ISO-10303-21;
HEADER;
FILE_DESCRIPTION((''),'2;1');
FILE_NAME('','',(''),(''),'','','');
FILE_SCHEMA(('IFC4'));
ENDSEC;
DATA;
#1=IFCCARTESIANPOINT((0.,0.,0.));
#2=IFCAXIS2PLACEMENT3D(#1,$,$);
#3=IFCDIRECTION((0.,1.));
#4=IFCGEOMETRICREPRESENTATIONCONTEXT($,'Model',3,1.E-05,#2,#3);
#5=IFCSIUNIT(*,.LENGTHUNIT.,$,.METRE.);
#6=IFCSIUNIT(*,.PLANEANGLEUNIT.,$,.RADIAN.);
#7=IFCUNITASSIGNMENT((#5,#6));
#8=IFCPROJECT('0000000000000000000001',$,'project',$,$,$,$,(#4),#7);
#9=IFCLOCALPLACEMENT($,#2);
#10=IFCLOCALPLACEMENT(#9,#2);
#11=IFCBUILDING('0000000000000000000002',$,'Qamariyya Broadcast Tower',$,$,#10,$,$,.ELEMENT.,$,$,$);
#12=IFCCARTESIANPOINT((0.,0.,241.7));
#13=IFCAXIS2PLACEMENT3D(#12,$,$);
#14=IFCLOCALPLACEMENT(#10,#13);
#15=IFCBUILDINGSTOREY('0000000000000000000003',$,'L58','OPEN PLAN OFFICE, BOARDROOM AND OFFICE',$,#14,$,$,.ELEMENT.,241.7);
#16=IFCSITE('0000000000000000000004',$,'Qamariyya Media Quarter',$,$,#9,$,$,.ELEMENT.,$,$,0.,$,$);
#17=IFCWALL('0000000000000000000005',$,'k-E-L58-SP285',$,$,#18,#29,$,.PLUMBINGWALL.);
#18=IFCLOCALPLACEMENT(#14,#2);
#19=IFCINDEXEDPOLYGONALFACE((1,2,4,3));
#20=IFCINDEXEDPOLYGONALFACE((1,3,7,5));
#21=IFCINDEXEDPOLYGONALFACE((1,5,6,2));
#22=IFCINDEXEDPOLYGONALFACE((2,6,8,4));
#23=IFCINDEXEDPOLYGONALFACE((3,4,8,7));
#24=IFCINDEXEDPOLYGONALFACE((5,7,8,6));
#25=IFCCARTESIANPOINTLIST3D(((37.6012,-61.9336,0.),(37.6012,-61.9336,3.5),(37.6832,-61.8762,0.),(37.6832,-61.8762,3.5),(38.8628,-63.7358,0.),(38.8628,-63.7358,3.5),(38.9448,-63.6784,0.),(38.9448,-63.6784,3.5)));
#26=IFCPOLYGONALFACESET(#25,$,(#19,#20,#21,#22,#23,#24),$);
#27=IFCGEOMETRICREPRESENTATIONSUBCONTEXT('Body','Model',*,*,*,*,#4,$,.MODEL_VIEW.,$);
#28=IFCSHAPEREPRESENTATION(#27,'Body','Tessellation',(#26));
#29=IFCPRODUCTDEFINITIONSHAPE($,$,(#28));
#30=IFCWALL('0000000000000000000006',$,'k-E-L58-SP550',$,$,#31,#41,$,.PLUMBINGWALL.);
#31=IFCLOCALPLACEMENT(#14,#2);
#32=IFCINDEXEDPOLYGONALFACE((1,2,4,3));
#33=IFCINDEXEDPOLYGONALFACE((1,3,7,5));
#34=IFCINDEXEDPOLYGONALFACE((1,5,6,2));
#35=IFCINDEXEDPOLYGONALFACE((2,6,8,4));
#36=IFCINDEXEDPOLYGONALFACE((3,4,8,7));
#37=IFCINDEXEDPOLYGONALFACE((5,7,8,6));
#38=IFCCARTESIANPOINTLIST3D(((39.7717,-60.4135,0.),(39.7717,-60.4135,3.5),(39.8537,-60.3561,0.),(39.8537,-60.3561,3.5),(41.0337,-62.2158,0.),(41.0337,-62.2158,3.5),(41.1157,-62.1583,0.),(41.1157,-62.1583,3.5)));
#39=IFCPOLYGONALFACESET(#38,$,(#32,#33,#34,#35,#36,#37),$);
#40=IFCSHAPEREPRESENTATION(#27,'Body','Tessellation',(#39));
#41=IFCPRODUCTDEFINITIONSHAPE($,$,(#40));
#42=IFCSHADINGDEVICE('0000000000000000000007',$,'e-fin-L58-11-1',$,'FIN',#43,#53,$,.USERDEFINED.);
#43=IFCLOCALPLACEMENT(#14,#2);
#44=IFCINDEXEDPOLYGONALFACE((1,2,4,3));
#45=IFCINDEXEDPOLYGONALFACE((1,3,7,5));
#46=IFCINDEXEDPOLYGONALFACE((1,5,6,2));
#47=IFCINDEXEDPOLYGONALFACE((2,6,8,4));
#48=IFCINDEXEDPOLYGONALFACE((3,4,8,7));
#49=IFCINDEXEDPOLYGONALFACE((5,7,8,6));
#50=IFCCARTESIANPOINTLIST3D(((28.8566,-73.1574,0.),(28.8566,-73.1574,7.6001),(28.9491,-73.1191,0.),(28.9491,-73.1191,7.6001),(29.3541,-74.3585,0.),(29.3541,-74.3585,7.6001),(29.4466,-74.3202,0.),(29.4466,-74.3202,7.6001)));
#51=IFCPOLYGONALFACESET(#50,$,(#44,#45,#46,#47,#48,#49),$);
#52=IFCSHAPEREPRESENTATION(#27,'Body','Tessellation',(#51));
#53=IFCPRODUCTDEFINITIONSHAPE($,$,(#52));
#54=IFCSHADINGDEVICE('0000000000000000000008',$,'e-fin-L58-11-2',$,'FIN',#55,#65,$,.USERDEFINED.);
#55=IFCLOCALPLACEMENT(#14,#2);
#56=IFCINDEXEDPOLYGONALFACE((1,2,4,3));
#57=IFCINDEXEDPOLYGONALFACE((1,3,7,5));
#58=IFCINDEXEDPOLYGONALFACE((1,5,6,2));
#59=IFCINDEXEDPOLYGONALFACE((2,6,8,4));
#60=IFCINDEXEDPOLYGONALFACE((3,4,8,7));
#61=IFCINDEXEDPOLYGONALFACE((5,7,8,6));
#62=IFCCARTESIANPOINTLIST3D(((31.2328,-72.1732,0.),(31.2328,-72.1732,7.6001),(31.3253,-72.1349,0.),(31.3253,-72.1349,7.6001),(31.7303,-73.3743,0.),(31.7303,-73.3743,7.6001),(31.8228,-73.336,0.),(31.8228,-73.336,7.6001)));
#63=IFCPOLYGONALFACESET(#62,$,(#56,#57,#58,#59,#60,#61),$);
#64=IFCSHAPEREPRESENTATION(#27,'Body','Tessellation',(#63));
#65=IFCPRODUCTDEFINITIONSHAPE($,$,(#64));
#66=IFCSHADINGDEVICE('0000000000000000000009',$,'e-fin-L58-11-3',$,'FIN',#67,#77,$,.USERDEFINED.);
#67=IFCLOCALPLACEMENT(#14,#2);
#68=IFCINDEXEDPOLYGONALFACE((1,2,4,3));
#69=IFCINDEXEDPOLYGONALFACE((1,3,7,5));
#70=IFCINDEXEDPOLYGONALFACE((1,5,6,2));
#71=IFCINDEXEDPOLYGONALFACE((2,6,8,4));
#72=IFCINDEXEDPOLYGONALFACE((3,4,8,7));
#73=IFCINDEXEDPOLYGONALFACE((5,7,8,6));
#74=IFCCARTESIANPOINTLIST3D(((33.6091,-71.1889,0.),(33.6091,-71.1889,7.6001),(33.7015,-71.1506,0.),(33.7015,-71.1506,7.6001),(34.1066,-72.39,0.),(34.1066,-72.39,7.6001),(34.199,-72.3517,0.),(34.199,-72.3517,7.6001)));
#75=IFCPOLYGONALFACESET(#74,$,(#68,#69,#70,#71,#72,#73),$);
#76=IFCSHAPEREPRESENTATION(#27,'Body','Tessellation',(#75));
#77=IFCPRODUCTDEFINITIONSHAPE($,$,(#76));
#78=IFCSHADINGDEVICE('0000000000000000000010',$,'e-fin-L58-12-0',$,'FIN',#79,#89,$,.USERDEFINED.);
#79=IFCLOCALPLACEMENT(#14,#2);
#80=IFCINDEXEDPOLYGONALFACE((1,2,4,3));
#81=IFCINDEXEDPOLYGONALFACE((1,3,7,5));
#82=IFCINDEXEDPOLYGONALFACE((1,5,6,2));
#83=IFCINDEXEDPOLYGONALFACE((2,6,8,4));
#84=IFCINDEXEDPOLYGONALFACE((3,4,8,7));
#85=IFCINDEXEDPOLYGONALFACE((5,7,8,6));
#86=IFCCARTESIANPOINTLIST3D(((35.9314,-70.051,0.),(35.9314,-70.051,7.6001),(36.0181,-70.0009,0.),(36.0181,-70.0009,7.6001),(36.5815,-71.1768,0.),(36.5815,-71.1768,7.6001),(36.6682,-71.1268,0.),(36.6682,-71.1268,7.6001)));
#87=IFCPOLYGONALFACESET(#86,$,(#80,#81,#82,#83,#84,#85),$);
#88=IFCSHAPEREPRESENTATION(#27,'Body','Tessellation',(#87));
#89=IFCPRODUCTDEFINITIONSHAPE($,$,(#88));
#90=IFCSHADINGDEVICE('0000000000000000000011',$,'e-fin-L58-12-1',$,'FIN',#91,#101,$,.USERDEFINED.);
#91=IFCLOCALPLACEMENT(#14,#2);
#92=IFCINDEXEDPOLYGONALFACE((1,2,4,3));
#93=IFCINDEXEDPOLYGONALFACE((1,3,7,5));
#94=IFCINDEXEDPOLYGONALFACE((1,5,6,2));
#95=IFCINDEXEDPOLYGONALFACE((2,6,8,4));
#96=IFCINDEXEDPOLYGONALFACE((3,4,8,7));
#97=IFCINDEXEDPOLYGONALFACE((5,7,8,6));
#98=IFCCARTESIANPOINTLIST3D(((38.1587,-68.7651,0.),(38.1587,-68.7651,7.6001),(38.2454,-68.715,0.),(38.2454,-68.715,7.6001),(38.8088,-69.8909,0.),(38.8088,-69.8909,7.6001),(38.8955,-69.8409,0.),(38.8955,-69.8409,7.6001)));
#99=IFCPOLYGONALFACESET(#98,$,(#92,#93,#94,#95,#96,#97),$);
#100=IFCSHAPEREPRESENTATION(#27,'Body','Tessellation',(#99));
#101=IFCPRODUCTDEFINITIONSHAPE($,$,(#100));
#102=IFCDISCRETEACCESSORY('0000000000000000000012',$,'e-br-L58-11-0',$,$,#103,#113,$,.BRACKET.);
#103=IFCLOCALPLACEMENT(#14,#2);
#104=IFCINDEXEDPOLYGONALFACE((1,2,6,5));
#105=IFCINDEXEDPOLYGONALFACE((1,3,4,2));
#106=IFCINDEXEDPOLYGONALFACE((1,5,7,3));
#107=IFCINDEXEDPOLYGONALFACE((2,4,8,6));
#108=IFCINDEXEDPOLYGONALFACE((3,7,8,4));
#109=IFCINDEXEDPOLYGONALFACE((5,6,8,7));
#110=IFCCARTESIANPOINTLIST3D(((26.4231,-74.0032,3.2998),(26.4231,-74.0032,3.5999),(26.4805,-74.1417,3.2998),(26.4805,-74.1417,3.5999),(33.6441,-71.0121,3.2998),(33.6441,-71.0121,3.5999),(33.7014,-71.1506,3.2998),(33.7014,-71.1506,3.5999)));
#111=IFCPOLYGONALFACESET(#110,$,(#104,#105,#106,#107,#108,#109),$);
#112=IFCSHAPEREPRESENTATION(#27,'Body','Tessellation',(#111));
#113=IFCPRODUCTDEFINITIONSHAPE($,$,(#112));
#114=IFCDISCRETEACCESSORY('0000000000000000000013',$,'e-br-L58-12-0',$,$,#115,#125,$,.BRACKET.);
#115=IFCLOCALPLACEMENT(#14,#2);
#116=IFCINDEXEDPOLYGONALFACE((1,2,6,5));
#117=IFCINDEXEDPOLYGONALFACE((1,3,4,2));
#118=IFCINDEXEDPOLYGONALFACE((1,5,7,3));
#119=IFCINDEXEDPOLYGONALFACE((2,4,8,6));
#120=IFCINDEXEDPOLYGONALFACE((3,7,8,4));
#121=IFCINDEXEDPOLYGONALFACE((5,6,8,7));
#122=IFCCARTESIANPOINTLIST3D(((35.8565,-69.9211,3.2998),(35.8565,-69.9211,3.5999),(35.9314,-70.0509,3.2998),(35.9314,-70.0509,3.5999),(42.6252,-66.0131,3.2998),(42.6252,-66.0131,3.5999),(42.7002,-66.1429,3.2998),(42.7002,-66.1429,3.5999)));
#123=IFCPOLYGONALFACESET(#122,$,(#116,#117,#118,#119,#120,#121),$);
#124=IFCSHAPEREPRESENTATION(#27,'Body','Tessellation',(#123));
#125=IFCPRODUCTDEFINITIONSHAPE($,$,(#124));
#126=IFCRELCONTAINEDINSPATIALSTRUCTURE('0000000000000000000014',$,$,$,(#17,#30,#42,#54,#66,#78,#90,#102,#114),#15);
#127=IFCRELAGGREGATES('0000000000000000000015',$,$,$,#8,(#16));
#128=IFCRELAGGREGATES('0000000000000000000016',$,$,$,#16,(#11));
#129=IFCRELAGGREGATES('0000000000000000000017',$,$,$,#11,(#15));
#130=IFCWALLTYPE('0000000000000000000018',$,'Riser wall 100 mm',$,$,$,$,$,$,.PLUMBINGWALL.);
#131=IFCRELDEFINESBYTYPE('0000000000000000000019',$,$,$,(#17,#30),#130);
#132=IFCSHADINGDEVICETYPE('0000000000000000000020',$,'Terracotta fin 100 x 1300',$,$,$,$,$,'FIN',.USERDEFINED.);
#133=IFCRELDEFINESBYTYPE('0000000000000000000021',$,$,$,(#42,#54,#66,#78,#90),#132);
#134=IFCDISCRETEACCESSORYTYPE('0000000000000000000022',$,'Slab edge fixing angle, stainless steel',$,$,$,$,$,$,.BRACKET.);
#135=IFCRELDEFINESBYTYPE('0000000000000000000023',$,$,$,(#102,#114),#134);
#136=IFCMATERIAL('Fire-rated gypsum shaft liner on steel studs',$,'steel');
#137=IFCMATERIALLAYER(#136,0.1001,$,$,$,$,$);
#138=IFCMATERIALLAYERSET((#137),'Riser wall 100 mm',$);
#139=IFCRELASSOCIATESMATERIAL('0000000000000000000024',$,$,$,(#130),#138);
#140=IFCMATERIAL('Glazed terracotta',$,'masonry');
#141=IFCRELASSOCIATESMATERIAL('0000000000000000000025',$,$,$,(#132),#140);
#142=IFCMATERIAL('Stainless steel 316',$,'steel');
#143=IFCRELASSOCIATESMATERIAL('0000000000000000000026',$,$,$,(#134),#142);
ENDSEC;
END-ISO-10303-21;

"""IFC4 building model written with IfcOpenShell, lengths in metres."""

from ifc_helpers import new_model, si_unit, direction, frame, frame_2d, origin, origin_2d, place, context, subcontext, project, spatial, rectangle, extrude, material, layer, layer_set, material_profile, profile_set, type_object, element, save


model = new_model("IFC4")

# Units and contexts
model_context = context("Model", 3, precision=1e-05, world=origin(), true_north=direction((0.0, 1.0)))
body_context = subcontext(model_context, "Body", "Model", "MODEL_VIEW")
ifc_project = project(units=[si_unit("LENGTHUNIT", "METRE"), si_unit("PLANEANGLEUNIT", "RADIAN")], contexts=[model_context])

# Site, building, storey
site_placement = place(None, origin())
site = spatial("IfcSite", under=ifc_project, at=site_placement, Name="Qamariyya Media Quarter", CompositionType="ELEMENT", RefElevation=0.0)
building_placement = place(site_placement, origin())
building = spatial("IfcBuilding", under=site, at=building_placement, Name="Qamariyya Broadcast Tower", CompositionType="ELEMENT")
storey_placement = place(building_placement, frame((0.0, 0.0, 241.7)))
storey = spatial("IfcBuildingStorey", under=building, at=storey_placement, Name="L58", Description="OPEN PLAN OFFICE, BOARDROOM AND OFFICE", CompositionType="ELEMENT", Elevation=241.7)

# Walls
ifc_material_1 = material(Name="Fire-rated gypsum shaft liner on steel studs", Category="steel")
ifc_layer_1 = layer(ifc_material_1, 0.1001)
ifc_layer_set_1 = layer_set([ifc_layer_1], Name="Riser wall 100 mm")
wall_type_1 = type_object("IfcWallType", Name="Riser wall 100 mm", PredefinedType="PLUMBINGWALL", material=ifc_layer_set_1)
wall_1_placement = place(storey_placement, frame((37.6421, -61.9048, 0.0), z_axis=(0.0, 0.0, 1.0), x_axis=(0.573507, -0.819201, 0.0)))
element("IfcWall", 1, at=wall_1_placement, inside=storey, type_object=wall_type_1, Name="k-E-L58-SP285", PredefinedType="PLUMBINGWALL", context=body_context, shape_type="SweptSolid", body=[
    extrude(rectangle(XDim=2.2, YDim=0.1001, at=frame_2d((1.1001, 0.0))), origin(), (0.0, 0.0, 1.0), 3.5),
])
wall_2_placement = place(storey_placement, frame((39.8127, -60.3848, 0.0), z_axis=(0.0, 0.0, 1.0), x_axis=(0.573581, -0.819149, 0.0)))
element("IfcWall", 2, at=wall_2_placement, inside=storey, type_object=wall_type_1, Name="k-E-L58-SP550", PredefinedType="PLUMBINGWALL", context=body_context, shape_type="SweptSolid", body=[
    extrude(rectangle(XDim=2.2002, YDim=0.1001, at=frame_2d((1.1001, 0.0))), origin(), (0.0, 0.0, 1.0), 3.5),
])

# Shading devices
ifc_material_2 = material(Name="Glazed terracotta", Category="masonry")
ifc_material_profile_1 = material_profile(ifc_material_2, rectangle(XDim=1.3, YDim=0.1001, at=origin_2d()))
ifc_profile_set_1 = profile_set([ifc_material_profile_1], Name="Glazed terracotta")
shading_device_type = type_object("IfcShadingDeviceType", Name="Terracotta fin 100 x 1300", ElementType="FIN", PredefinedType="USERDEFINED", material=ifc_profile_set_1)
for number, where, z_axis, x_axis, name in (
    (3, (29.1516, -73.7388, 0.0), (0.0, 0.0, 1.0), (0.382683, -0.92388, 0.0), "e-fin-L58-11-1"),
    (4, (31.5278, -72.7546, 0.0), (0.0, 0.0, 1.0), (0.382683, -0.92388, 0.0), "e-fin-L58-11-2"),
    (5, (33.9041, -71.7703, 0.0), (0.0, 0.0, 1.0), (0.382683, -0.92388, 0.0), "e-fin-L58-11-3"),
    (6, (36.2998, -70.5889, 0.0), (0.0, 0.0, 1.0), (0.5, -0.866025, 0.0), "e-fin-L58-12-0"),
    (7, (38.5271, -69.303, 0.0), (0.0, 0.0, 1.0), (0.5, -0.866025, 0.0), "e-fin-L58-12-1"),
):
    element("IfcShadingDevice", number, at=place(storey_placement, frame(where, z_axis=z_axis, x_axis=x_axis)), inside=storey, type_object=shading_device_type, Name=name, ObjectType="FIN", PredefinedType="USERDEFINED", context=body_context, shape_type="SweptSolid", body=[
        extrude(rectangle(XDim=1.3, YDim=0.1001, at=origin_2d()), origin(), (0.0, 0.0, 1.0), 7.6001),
    ])

# Discrete accessories
ifc_material_3 = material(Name="Stainless steel 316", Category="steel")
discrete_accessory_type = type_object("IfcDiscreteAccessoryType", Name="Slab edge fixing angle, stainless steel", PredefinedType="BRACKET", material=ifc_material_3)
for number, where, z_axis, x_axis, name in (
    (8, (30.0623, -72.5769, 3.2998), (0.0, 0.0, 1.0), (0.92388, 0.382683, 0.0), "e-br-L58-11-0"),
    (9, (39.2783, -68.032, 3.2998), (0.0, 0.0, 1.0), (0.866025, 0.5, 0.0), "e-br-L58-12-0"),
):
    element("IfcDiscreteAccessory", number, at=place(storey_placement, frame(where, z_axis=z_axis, x_axis=x_axis)), inside=storey, type_object=discrete_accessory_type, Name=name, PredefinedType="BRACKET", context=body_context, shape_type="SweptSolid", body=[
        extrude(rectangle(XDim=7.8159, YDim=0.1499, at=origin_2d()), origin(), (0.0, 0.0, 1.0), 0.3),
    ])

save(model, "model.ifc")
